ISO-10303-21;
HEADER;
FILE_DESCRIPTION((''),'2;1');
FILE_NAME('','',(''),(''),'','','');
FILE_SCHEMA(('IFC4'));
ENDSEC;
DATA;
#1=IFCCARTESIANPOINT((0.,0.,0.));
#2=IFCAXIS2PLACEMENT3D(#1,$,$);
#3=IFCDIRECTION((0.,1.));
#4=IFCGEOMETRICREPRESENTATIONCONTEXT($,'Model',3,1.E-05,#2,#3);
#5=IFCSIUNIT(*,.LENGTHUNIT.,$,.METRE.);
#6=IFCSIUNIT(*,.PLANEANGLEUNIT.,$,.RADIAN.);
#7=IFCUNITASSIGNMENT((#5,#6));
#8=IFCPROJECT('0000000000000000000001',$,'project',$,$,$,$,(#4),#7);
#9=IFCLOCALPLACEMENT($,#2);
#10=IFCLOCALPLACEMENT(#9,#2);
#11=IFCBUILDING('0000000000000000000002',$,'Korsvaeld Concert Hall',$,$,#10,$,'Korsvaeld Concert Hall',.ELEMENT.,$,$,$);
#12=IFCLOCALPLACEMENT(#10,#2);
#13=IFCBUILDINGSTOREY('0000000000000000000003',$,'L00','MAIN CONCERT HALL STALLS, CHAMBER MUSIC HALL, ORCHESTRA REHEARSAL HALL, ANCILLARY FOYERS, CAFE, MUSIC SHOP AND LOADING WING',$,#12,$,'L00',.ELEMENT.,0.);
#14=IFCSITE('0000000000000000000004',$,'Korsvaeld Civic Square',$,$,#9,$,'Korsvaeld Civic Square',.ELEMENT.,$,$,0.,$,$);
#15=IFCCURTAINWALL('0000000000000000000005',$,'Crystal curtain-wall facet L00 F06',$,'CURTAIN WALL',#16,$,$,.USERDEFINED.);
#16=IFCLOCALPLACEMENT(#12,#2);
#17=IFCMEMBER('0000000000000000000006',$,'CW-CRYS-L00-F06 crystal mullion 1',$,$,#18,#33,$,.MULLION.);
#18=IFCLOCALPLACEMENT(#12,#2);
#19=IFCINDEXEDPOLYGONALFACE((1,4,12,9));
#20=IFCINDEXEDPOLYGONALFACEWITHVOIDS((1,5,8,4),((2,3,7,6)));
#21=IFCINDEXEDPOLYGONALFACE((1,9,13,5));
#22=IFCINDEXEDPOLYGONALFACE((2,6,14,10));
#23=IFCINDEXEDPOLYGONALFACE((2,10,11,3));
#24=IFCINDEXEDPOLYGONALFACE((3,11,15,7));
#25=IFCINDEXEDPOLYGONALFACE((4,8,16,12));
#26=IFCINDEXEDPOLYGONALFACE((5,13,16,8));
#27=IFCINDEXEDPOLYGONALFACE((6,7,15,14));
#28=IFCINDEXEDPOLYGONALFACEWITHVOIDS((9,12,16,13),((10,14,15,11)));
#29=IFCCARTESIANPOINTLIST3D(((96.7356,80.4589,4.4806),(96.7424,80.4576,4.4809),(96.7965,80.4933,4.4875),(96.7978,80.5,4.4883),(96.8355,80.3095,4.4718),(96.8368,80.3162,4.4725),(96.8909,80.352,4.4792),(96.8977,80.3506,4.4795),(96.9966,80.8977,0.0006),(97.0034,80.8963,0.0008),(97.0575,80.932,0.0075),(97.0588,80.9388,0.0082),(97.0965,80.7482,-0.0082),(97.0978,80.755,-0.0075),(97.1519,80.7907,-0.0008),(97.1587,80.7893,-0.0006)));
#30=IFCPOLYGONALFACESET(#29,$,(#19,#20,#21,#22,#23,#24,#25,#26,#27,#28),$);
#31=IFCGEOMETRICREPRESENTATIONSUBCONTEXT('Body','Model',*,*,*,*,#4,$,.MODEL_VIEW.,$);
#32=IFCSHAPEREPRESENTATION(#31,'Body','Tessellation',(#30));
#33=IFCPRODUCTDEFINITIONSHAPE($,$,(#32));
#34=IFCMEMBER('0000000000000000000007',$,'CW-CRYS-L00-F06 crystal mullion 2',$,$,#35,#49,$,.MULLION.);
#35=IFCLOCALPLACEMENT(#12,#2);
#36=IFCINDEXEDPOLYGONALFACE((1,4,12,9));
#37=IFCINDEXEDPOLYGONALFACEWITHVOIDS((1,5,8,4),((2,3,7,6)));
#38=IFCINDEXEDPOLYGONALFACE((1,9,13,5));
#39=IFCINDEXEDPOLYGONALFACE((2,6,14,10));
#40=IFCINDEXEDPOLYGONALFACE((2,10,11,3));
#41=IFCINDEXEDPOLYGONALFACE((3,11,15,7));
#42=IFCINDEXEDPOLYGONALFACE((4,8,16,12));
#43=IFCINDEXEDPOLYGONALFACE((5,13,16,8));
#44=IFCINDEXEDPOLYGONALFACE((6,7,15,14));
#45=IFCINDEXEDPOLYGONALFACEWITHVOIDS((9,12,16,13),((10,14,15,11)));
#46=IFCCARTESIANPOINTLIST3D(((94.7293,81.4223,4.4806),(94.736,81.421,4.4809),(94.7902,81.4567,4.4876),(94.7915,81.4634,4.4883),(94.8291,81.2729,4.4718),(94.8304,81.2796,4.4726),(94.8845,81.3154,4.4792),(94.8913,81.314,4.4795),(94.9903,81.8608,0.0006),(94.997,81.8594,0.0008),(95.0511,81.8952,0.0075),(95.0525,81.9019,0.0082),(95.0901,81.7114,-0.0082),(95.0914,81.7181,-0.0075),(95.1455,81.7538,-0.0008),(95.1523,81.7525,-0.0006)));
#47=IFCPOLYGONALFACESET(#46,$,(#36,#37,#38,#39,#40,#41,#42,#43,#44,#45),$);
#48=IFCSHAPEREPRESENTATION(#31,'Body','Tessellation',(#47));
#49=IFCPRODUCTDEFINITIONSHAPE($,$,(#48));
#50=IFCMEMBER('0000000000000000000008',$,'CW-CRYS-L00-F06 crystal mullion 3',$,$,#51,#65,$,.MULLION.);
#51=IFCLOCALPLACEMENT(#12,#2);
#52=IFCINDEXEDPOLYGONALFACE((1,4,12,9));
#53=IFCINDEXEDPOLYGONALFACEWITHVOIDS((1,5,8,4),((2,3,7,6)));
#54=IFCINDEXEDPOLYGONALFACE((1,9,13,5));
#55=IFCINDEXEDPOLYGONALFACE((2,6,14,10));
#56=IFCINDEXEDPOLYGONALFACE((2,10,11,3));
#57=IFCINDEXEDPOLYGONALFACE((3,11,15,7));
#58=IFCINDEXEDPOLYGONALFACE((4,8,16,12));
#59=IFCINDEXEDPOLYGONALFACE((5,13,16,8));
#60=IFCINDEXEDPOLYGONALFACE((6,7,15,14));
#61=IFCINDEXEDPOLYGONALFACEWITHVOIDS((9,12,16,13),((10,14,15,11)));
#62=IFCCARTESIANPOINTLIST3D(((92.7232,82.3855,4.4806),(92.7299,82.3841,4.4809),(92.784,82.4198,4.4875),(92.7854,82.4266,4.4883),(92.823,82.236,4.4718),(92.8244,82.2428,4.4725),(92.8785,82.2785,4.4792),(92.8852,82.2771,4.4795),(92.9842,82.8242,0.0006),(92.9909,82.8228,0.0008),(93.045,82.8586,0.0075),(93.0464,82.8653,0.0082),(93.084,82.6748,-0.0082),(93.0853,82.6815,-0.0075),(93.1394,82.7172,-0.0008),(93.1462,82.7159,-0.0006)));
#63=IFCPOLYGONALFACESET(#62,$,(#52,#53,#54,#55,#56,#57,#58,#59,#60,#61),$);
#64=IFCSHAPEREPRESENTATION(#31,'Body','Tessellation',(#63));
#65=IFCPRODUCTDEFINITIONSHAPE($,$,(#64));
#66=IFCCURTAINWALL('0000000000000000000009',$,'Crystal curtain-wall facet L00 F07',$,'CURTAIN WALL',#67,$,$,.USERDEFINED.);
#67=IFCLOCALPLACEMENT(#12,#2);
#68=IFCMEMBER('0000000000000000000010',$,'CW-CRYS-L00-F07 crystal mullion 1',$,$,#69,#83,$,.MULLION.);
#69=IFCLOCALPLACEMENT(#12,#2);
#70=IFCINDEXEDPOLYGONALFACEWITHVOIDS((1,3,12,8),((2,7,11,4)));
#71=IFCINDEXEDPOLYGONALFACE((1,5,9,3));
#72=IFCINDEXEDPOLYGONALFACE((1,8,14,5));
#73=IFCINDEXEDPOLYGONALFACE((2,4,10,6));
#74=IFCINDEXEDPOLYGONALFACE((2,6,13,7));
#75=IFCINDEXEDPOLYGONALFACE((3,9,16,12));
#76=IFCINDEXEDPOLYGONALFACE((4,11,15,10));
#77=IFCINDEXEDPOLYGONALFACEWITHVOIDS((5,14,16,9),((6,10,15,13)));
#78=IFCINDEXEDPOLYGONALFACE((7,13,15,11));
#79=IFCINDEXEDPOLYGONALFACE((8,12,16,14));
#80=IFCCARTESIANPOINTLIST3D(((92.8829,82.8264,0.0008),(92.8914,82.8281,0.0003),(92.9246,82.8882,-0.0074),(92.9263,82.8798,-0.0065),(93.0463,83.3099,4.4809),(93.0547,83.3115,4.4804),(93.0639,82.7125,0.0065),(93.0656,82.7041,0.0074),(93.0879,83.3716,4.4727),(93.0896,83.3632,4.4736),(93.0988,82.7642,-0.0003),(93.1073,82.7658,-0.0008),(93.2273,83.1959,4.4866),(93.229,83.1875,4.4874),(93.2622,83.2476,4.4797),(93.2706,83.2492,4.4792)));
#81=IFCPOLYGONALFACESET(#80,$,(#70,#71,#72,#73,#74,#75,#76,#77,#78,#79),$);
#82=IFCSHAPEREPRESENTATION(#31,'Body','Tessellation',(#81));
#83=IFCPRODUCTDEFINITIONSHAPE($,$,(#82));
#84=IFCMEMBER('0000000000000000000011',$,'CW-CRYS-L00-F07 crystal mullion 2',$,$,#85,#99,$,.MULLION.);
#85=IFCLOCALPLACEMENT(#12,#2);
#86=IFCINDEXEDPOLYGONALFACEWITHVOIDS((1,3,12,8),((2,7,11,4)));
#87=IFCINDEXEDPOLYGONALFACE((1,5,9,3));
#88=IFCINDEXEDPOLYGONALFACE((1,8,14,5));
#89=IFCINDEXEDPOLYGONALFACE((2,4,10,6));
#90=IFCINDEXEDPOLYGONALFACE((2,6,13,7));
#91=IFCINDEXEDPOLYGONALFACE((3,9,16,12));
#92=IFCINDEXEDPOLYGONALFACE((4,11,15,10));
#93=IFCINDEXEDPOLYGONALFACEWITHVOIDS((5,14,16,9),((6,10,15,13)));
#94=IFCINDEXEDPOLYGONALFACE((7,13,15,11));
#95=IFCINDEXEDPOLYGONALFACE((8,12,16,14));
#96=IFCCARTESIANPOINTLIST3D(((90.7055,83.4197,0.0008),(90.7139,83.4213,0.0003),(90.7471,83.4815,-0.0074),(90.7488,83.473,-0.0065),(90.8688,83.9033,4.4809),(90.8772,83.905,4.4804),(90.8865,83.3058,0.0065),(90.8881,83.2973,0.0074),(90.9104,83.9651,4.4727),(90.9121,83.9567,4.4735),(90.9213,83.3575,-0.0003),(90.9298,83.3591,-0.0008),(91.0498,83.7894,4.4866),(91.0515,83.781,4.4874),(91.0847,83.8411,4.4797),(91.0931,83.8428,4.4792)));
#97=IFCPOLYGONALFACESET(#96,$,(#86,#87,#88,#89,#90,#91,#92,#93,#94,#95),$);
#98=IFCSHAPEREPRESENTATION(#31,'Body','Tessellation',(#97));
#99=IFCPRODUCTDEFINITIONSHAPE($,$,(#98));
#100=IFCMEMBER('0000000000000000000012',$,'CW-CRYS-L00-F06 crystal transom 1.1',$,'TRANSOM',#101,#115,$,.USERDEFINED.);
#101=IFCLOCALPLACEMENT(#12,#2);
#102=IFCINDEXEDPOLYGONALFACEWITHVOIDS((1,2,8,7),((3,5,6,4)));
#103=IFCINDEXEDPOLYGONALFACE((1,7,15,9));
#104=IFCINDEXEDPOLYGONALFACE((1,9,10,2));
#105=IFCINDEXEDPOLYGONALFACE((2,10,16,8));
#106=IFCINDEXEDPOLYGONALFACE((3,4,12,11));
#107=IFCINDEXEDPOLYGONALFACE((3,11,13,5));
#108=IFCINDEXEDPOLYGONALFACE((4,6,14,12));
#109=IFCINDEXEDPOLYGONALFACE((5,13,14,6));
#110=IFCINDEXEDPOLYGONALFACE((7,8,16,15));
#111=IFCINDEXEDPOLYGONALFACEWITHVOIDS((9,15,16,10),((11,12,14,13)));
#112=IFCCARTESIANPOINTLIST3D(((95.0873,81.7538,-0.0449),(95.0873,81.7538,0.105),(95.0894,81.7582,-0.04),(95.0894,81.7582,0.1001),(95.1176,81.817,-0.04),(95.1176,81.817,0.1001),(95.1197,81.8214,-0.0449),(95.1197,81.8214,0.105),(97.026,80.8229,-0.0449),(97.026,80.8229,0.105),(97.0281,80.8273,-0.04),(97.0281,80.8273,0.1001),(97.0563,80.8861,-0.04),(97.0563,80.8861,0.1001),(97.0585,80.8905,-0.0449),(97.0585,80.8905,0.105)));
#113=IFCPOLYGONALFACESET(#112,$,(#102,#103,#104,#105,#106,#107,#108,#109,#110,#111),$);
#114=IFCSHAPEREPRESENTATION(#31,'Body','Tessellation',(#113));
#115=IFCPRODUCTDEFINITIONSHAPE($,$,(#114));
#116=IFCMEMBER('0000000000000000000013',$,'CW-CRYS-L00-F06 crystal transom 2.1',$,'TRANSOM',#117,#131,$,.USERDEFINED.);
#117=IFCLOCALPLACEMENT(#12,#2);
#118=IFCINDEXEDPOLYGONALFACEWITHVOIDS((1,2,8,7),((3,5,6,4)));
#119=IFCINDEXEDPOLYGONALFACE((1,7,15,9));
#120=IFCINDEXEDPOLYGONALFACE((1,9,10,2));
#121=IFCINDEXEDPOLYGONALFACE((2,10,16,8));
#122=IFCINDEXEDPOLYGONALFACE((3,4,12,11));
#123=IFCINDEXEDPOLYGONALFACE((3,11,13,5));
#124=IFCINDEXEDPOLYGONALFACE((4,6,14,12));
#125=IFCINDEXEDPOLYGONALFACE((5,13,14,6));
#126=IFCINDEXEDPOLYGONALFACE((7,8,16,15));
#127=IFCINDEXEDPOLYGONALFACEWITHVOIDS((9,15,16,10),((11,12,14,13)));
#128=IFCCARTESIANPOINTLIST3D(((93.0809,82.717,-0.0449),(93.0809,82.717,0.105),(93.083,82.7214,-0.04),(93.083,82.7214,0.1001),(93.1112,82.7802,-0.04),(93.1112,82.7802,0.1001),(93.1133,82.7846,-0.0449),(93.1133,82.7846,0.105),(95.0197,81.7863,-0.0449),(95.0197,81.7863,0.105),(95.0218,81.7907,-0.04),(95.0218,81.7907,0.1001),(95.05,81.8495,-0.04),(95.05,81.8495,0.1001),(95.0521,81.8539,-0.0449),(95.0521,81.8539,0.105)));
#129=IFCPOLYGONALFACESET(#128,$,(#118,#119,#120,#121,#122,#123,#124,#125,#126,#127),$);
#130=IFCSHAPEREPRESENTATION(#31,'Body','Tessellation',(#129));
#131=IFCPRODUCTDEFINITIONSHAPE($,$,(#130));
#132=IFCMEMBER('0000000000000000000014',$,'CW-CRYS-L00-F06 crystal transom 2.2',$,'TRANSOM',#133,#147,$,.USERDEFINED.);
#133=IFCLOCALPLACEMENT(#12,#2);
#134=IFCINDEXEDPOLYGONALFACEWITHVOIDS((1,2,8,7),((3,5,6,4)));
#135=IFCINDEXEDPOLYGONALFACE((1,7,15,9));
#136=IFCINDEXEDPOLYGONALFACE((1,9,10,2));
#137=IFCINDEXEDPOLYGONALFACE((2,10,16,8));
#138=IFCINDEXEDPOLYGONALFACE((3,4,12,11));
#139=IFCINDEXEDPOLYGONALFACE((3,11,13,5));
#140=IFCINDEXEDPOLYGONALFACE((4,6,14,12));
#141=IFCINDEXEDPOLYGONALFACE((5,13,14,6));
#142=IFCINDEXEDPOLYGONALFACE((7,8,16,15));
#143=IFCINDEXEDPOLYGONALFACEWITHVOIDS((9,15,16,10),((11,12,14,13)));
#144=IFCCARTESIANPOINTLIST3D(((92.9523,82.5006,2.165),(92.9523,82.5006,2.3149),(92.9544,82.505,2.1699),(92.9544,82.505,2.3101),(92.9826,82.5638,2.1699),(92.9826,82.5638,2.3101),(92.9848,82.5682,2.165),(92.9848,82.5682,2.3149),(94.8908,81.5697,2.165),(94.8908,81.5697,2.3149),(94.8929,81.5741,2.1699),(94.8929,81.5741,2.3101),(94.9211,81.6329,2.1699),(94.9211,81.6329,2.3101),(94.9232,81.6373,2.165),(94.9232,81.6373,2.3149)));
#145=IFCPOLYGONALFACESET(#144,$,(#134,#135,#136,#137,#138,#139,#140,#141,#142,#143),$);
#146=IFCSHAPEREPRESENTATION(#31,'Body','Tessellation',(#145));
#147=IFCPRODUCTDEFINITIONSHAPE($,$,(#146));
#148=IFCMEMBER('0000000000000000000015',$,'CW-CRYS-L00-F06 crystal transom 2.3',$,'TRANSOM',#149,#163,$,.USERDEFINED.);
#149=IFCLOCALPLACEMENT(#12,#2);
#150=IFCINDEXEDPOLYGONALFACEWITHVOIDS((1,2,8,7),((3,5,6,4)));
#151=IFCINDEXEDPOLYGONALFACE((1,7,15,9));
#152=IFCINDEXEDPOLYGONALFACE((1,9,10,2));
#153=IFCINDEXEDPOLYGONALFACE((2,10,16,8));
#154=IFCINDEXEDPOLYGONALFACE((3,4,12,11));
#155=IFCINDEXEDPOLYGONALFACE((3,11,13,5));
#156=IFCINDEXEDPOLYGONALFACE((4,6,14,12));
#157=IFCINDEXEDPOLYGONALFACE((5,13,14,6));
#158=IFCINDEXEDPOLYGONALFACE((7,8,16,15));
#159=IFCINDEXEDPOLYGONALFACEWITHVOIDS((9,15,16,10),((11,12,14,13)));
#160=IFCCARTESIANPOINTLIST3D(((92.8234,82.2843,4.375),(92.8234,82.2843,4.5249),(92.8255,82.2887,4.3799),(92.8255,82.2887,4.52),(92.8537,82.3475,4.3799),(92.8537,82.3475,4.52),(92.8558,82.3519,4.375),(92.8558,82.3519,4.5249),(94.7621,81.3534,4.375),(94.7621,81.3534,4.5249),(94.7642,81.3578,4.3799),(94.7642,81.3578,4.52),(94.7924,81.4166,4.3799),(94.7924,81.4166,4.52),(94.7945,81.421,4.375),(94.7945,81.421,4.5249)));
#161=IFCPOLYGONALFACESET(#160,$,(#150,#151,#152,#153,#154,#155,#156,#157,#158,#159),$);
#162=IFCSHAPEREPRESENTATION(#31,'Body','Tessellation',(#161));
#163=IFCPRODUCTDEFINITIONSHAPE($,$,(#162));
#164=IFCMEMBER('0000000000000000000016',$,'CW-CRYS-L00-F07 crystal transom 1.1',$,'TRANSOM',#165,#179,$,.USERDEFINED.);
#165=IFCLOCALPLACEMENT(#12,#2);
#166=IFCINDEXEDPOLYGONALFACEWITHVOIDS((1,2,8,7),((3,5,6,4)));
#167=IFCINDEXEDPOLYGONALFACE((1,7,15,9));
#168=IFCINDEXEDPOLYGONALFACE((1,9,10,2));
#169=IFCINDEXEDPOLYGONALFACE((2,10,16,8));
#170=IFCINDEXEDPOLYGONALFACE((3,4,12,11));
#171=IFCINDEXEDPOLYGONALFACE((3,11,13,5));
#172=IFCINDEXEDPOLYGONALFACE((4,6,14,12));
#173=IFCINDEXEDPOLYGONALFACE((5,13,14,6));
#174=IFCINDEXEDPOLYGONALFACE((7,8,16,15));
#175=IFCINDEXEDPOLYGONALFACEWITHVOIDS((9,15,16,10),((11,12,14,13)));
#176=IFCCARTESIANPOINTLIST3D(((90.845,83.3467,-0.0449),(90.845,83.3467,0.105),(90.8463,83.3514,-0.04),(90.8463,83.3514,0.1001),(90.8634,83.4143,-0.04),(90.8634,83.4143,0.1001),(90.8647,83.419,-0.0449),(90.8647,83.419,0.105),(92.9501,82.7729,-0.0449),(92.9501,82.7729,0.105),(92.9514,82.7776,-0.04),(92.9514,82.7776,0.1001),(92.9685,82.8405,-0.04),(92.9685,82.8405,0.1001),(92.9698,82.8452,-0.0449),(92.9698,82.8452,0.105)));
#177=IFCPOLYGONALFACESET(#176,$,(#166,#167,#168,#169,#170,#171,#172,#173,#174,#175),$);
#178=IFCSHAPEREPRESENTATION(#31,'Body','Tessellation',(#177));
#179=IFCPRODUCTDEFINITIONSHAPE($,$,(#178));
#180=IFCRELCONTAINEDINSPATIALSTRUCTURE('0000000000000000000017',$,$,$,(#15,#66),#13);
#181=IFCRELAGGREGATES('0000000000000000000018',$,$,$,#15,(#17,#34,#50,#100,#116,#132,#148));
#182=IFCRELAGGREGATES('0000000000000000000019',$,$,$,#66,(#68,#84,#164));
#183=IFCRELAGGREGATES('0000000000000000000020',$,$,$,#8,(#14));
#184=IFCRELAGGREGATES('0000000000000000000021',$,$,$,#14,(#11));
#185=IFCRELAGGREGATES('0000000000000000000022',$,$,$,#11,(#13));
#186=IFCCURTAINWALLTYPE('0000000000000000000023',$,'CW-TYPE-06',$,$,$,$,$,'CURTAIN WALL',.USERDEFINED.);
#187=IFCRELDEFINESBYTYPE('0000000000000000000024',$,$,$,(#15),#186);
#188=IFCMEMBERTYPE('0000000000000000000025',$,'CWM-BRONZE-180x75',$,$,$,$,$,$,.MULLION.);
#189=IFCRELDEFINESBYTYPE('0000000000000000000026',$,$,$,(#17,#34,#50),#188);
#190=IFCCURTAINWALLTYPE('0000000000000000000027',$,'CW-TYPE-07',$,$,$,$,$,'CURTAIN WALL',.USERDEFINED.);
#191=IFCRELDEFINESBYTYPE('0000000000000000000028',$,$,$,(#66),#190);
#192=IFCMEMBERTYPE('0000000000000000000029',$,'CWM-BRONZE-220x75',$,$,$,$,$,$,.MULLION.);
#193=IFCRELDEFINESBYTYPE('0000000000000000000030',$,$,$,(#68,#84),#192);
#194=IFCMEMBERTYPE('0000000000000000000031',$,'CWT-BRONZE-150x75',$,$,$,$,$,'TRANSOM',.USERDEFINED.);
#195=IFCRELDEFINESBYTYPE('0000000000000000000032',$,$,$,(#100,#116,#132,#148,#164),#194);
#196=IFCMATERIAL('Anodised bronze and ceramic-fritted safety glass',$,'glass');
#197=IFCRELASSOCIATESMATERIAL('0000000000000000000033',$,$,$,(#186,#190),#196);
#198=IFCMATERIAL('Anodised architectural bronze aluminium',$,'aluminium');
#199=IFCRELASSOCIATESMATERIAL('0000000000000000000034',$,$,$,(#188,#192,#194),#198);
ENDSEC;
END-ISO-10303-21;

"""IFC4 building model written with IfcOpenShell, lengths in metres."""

from ifc_helpers import new_model, si_unit, direction, frame, origin, origin_2d, place, context, subcontext, project, spatial, hollow_rectangle, extrude, material, material_profile, profile_set, type_object, element, aggregate, save


model = new_model("IFC4")

# Units and contexts
model_context = context("Model", 3, precision=1e-05, world=origin(), true_north=direction((0.0, 1.0)))
body_context = subcontext(model_context, "Body", "Model", "MODEL_VIEW")
ifc_project = project(units=[si_unit("LENGTHUNIT", "METRE"), si_unit("PLANEANGLEUNIT", "RADIAN")], contexts=[model_context])

# Site, building, storey
site_placement = place(None, origin())
site = spatial("IfcSite", under=ifc_project, at=site_placement, Name="Korsvaeld Civic Square", LongName="Korsvaeld Civic Square", CompositionType="ELEMENT", RefElevation=0.0)
building_placement = place(site_placement, origin())
building = spatial("IfcBuilding", under=site, at=building_placement, Name="Korsvaeld Concert Hall", LongName="Korsvaeld Concert Hall", CompositionType="ELEMENT")
storey_placement = place(building_placement, origin())
storey = spatial("IfcBuildingStorey", under=building, at=storey_placement, Name="L00", Description="MAIN CONCERT HALL STALLS, CHAMBER MUSIC HALL, ORCHESTRA REHEARSAL HALL, ANCILLARY FOYERS, CAFE, MUSIC SHOP AND LOADING WING", LongName="L00", CompositionType="ELEMENT", Elevation=0.0)

# Curtain walls, members
ifc_material_1 = material(Name="Anodised bronze and ceramic-fritted safety glass", Category="glass")
curtain_wall_type_1 = type_object("IfcCurtainWallType", Name="CW-TYPE-06", ElementType="CURTAIN WALL", PredefinedType="USERDEFINED", material=ifc_material_1)
curtain_wall_1_placement = place(storey_placement, origin())
curtain_wall_1 = element("IfcCurtainWall", 1, at=curtain_wall_1_placement, inside=storey, type_object=curtain_wall_type_1, Name="Crystal curtain-wall facet L00 F06", ObjectType="CURTAIN WALL", PredefinedType="USERDEFINED")
ifc_material_2 = material(Name="Anodised architectural bronze aluminium", Category="aluminium")
ifc_material_profile_1 = material_profile(ifc_material_2, hollow_rectangle(XDim=0.075, YDim=0.1799, WallThickness=0.0049, at=origin_2d()), Name="CWM 180x75x5")
ifc_profile_set_1 = profile_set([ifc_material_profile_1], Name="Anodised architectural bronze aluminium")
member_type_1 = type_object("IfcMemberType", Name="CWM-BRONZE-180x75", PredefinedType="MULLION", material=ifc_profile_set_1)
member_1_placement = place(storey_placement, frame((97.0776, 80.8435, 0.0), z_axis=(-0.057882, -0.0973, 0.993571), x_axis=(-0.829903, -0.548493, -0.10206)))
member_1 = element("IfcMember", 2, at=member_1_placement, type_object=member_type_1, Name="CW-CRYS-L00-F06 crystal mullion 1", PredefinedType="MULLION", context=body_context, shape_type="SweptSolid", body=[
    extrude(hollow_rectangle(XDim=0.075, YDim=0.1799, WallThickness=0.0049, at=origin_2d()), origin(), (0.0, 0.0, 1.0), 4.509),
])
member_2_placement = place(storey_placement, frame((95.0713, 81.8066, 0.0), z_axis=(-0.057882, -0.097246, 0.993576), x_axis=(-0.83004, -0.548294, -0.102019)))
member_2 = element("IfcMember", 3, at=member_2_placement, type_object=member_type_1, Name="CW-CRYS-L00-F06 crystal mullion 2", PredefinedType="MULLION", context=body_context, shape_type="SweptSolid", body=[
    extrude(hollow_rectangle(XDim=0.075, YDim=0.1799, WallThickness=0.0049, at=origin_2d()), origin(), (0.0, 0.0, 1.0), 4.509),
])
member_3_placement = place(storey_placement, frame((93.0652, 82.77, 0.0), z_axis=(-0.057882, -0.0973, 0.993571), x_axis=(-0.829903, -0.548493, -0.10206)))
member_3 = element("IfcMember", 4, at=member_3_placement, type_object=member_type_1, Name="CW-CRYS-L00-F06 crystal mullion 3", PredefinedType="MULLION", context=body_context, shape_type="SweptSolid", body=[
    extrude(hollow_rectangle(XDim=0.075, YDim=0.1799, WallThickness=0.0049, at=origin_2d()), origin(), (0.0, 0.0, 1.0), 4.509),
])
curtain_wall_type_2 = type_object("IfcCurtainWallType", Name="CW-TYPE-07", ElementType="CURTAIN WALL", PredefinedType="USERDEFINED", material=ifc_material_1)
curtain_wall_2_placement = place(storey_placement, origin())
curtain_wall_2 = element("IfcCurtainWall", 5, at=curtain_wall_2_placement, inside=storey, type_object=curtain_wall_type_2, Name="Crystal curtain-wall facet L00 F07", ObjectType="CURTAIN WALL", PredefinedType="USERDEFINED")
ifc_material_profile_2 = material_profile(ifc_material_2, hollow_rectangle(XDim=0.075, YDim=0.22, WallThickness=0.0061, at=origin_2d()), Name="CWM 220x75x6")
ifc_profile_set_2 = profile_set([ifc_material_profile_2], Name="Anodised architectural bronze aluminium")
member_type_2 = type_object("IfcMemberType", Name="CWM-BRONZE-220x75", PredefinedType="MULLION", material=ifc_profile_set_2)
member_4_placement = place(storey_placement, frame((92.9951, 82.7961, 0.0), z_axis=(0.036224, 0.107209, 0.993576), x_axis=(0.555933, 0.824025, -0.109182)))
member_4 = element("IfcMember", 6, at=member_4_placement, type_object=member_type_2, Name="CW-CRYS-L00-F07 crystal mullion 1", PredefinedType="MULLION", context=body_context, shape_type="SweptSolid", body=[
    extrude(hollow_rectangle(XDim=0.075, YDim=0.22, WallThickness=0.0061, at=origin_2d()), origin(), (0.0, 0.0, 1.0), 4.509),
])
member_5_placement = place(storey_placement, frame((90.8176, 83.3894, 0.0), z_axis=(0.036223, 0.107262, 0.993571), x_axis=(0.555805, 0.824105, -0.109231)))
member_5 = element("IfcMember", 7, at=member_5_placement, type_object=member_type_2, Name="CW-CRYS-L00-F07 crystal mullion 2", PredefinedType="MULLION", context=body_context, shape_type="SweptSolid", body=[
    extrude(hollow_rectangle(XDim=0.075, YDim=0.22, WallThickness=0.0061, at=origin_2d()), origin(), (0.0, 0.0, 1.0), 4.509),
])

# Members
ifc_material_profile_3 = material_profile(ifc_material_2, hollow_rectangle(XDim=0.075, YDim=0.1499, WallThickness=0.0049, at=origin_2d()), Name="CWT 150x75x5")
ifc_profile_set_3 = profile_set([ifc_material_profile_3], Name="Anodised architectural bronze aluminium")
member_type_3 = type_object("IfcMemberType", Name="CWT-BRONZE-150x75", ElementType="TRANSOM", PredefinedType="USERDEFINED", material=ifc_profile_set_3)
member_6_placement = place(storey_placement, frame((97.0422, 80.8567, 0.03), z_axis=(-0.901465, 0.432853, 0.0), x_axis=(-0.432853, -0.901465, 0.0)))
member_6 = element("IfcMember", 8, at=member_6_placement, type_object=member_type_3, Name="CW-CRYS-L00-F06 crystal transom 1.1", ObjectType="TRANSOM", PredefinedType="USERDEFINED", context=body_context, shape_type="SweptSolid", body=[
    extrude(hollow_rectangle(XDim=0.075, YDim=0.1499, WallThickness=0.0049, at=origin_2d()), origin(), (0.0, 0.0, 1.0), 2.1506),
])
member_7_placement = place(storey_placement, frame((95.0359, 81.8201, 0.03), z_axis=(-0.901509, 0.432761, 0.0), x_axis=(-0.432761, -0.901509, 0.0)))
member_7 = element("IfcMember", 9, at=member_7_placement, type_object=member_type_3, Name="CW-CRYS-L00-F06 crystal transom 2.1", ObjectType="TRANSOM", PredefinedType="USERDEFINED", context=body_context, shape_type="SweptSolid", body=[
    extrude(hollow_rectangle(XDim=0.075, YDim=0.1499, WallThickness=0.0049, at=origin_2d()), origin(), (0.0, 0.0, 1.0), 2.1506),
])
member_8_placement = place(storey_placement, frame((94.907, 81.6035, 2.24), z_axis=(-0.901443, 0.432897, 0.0), x_axis=(-0.432897, -0.901443, 0.0)))
member_8 = element("IfcMember", 10, at=member_8_placement, type_object=member_type_3, Name="CW-CRYS-L00-F06 crystal transom 2.2", ObjectType="TRANSOM", PredefinedType="USERDEFINED", context=body_context, shape_type="SweptSolid", body=[
    extrude(hollow_rectangle(XDim=0.075, YDim=0.1499, WallThickness=0.0049, at=origin_2d()), origin(), (0.0, 0.0, 1.0), 2.1504),
])
member_9_placement = place(storey_placement, frame((94.7783, 81.3872, 4.45), z_axis=(-0.901465, 0.432853, 0.0), x_axis=(-0.432853, -0.901465, 0.0)))
member_9 = element("IfcMember", 11, at=member_9_placement, type_object=member_type_3, Name="CW-CRYS-L00-F06 crystal transom 2.3", ObjectType="TRANSOM", PredefinedType="USERDEFINED", context=body_context, shape_type="SweptSolid", body=[
    extrude(hollow_rectangle(XDim=0.075, YDim=0.1499, WallThickness=0.0049, at=origin_2d()), origin(), (0.0, 0.0, 1.0), 2.1506),
])
member_10_placement = place(storey_placement, frame((92.96, 82.8091, 0.03), z_axis=(-0.964805, 0.262966, 0.0), x_axis=(-0.262966, -0.964805, 0.0)))
member_10 = element("IfcMember", 12, at=member_10_placement, type_object=member_type_3, Name="CW-CRYS-L00-F07 crystal transom 1.1", ObjectType="TRANSOM", PredefinedType="USERDEFINED", context=body_context, shape_type="SweptSolid", body=[
    extrude(hollow_rectangle(XDim=0.075, YDim=0.1499, WallThickness=0.0049, at=origin_2d()), origin(), (0.0, 0.0, 1.0), 2.1819),
])

aggregate(curtain_wall_1, [member_1, member_2, member_3, member_6, member_7, member_8, member_9])
aggregate(curtain_wall_2, [member_4, member_5, member_10])

save(model, "model.ifc")
